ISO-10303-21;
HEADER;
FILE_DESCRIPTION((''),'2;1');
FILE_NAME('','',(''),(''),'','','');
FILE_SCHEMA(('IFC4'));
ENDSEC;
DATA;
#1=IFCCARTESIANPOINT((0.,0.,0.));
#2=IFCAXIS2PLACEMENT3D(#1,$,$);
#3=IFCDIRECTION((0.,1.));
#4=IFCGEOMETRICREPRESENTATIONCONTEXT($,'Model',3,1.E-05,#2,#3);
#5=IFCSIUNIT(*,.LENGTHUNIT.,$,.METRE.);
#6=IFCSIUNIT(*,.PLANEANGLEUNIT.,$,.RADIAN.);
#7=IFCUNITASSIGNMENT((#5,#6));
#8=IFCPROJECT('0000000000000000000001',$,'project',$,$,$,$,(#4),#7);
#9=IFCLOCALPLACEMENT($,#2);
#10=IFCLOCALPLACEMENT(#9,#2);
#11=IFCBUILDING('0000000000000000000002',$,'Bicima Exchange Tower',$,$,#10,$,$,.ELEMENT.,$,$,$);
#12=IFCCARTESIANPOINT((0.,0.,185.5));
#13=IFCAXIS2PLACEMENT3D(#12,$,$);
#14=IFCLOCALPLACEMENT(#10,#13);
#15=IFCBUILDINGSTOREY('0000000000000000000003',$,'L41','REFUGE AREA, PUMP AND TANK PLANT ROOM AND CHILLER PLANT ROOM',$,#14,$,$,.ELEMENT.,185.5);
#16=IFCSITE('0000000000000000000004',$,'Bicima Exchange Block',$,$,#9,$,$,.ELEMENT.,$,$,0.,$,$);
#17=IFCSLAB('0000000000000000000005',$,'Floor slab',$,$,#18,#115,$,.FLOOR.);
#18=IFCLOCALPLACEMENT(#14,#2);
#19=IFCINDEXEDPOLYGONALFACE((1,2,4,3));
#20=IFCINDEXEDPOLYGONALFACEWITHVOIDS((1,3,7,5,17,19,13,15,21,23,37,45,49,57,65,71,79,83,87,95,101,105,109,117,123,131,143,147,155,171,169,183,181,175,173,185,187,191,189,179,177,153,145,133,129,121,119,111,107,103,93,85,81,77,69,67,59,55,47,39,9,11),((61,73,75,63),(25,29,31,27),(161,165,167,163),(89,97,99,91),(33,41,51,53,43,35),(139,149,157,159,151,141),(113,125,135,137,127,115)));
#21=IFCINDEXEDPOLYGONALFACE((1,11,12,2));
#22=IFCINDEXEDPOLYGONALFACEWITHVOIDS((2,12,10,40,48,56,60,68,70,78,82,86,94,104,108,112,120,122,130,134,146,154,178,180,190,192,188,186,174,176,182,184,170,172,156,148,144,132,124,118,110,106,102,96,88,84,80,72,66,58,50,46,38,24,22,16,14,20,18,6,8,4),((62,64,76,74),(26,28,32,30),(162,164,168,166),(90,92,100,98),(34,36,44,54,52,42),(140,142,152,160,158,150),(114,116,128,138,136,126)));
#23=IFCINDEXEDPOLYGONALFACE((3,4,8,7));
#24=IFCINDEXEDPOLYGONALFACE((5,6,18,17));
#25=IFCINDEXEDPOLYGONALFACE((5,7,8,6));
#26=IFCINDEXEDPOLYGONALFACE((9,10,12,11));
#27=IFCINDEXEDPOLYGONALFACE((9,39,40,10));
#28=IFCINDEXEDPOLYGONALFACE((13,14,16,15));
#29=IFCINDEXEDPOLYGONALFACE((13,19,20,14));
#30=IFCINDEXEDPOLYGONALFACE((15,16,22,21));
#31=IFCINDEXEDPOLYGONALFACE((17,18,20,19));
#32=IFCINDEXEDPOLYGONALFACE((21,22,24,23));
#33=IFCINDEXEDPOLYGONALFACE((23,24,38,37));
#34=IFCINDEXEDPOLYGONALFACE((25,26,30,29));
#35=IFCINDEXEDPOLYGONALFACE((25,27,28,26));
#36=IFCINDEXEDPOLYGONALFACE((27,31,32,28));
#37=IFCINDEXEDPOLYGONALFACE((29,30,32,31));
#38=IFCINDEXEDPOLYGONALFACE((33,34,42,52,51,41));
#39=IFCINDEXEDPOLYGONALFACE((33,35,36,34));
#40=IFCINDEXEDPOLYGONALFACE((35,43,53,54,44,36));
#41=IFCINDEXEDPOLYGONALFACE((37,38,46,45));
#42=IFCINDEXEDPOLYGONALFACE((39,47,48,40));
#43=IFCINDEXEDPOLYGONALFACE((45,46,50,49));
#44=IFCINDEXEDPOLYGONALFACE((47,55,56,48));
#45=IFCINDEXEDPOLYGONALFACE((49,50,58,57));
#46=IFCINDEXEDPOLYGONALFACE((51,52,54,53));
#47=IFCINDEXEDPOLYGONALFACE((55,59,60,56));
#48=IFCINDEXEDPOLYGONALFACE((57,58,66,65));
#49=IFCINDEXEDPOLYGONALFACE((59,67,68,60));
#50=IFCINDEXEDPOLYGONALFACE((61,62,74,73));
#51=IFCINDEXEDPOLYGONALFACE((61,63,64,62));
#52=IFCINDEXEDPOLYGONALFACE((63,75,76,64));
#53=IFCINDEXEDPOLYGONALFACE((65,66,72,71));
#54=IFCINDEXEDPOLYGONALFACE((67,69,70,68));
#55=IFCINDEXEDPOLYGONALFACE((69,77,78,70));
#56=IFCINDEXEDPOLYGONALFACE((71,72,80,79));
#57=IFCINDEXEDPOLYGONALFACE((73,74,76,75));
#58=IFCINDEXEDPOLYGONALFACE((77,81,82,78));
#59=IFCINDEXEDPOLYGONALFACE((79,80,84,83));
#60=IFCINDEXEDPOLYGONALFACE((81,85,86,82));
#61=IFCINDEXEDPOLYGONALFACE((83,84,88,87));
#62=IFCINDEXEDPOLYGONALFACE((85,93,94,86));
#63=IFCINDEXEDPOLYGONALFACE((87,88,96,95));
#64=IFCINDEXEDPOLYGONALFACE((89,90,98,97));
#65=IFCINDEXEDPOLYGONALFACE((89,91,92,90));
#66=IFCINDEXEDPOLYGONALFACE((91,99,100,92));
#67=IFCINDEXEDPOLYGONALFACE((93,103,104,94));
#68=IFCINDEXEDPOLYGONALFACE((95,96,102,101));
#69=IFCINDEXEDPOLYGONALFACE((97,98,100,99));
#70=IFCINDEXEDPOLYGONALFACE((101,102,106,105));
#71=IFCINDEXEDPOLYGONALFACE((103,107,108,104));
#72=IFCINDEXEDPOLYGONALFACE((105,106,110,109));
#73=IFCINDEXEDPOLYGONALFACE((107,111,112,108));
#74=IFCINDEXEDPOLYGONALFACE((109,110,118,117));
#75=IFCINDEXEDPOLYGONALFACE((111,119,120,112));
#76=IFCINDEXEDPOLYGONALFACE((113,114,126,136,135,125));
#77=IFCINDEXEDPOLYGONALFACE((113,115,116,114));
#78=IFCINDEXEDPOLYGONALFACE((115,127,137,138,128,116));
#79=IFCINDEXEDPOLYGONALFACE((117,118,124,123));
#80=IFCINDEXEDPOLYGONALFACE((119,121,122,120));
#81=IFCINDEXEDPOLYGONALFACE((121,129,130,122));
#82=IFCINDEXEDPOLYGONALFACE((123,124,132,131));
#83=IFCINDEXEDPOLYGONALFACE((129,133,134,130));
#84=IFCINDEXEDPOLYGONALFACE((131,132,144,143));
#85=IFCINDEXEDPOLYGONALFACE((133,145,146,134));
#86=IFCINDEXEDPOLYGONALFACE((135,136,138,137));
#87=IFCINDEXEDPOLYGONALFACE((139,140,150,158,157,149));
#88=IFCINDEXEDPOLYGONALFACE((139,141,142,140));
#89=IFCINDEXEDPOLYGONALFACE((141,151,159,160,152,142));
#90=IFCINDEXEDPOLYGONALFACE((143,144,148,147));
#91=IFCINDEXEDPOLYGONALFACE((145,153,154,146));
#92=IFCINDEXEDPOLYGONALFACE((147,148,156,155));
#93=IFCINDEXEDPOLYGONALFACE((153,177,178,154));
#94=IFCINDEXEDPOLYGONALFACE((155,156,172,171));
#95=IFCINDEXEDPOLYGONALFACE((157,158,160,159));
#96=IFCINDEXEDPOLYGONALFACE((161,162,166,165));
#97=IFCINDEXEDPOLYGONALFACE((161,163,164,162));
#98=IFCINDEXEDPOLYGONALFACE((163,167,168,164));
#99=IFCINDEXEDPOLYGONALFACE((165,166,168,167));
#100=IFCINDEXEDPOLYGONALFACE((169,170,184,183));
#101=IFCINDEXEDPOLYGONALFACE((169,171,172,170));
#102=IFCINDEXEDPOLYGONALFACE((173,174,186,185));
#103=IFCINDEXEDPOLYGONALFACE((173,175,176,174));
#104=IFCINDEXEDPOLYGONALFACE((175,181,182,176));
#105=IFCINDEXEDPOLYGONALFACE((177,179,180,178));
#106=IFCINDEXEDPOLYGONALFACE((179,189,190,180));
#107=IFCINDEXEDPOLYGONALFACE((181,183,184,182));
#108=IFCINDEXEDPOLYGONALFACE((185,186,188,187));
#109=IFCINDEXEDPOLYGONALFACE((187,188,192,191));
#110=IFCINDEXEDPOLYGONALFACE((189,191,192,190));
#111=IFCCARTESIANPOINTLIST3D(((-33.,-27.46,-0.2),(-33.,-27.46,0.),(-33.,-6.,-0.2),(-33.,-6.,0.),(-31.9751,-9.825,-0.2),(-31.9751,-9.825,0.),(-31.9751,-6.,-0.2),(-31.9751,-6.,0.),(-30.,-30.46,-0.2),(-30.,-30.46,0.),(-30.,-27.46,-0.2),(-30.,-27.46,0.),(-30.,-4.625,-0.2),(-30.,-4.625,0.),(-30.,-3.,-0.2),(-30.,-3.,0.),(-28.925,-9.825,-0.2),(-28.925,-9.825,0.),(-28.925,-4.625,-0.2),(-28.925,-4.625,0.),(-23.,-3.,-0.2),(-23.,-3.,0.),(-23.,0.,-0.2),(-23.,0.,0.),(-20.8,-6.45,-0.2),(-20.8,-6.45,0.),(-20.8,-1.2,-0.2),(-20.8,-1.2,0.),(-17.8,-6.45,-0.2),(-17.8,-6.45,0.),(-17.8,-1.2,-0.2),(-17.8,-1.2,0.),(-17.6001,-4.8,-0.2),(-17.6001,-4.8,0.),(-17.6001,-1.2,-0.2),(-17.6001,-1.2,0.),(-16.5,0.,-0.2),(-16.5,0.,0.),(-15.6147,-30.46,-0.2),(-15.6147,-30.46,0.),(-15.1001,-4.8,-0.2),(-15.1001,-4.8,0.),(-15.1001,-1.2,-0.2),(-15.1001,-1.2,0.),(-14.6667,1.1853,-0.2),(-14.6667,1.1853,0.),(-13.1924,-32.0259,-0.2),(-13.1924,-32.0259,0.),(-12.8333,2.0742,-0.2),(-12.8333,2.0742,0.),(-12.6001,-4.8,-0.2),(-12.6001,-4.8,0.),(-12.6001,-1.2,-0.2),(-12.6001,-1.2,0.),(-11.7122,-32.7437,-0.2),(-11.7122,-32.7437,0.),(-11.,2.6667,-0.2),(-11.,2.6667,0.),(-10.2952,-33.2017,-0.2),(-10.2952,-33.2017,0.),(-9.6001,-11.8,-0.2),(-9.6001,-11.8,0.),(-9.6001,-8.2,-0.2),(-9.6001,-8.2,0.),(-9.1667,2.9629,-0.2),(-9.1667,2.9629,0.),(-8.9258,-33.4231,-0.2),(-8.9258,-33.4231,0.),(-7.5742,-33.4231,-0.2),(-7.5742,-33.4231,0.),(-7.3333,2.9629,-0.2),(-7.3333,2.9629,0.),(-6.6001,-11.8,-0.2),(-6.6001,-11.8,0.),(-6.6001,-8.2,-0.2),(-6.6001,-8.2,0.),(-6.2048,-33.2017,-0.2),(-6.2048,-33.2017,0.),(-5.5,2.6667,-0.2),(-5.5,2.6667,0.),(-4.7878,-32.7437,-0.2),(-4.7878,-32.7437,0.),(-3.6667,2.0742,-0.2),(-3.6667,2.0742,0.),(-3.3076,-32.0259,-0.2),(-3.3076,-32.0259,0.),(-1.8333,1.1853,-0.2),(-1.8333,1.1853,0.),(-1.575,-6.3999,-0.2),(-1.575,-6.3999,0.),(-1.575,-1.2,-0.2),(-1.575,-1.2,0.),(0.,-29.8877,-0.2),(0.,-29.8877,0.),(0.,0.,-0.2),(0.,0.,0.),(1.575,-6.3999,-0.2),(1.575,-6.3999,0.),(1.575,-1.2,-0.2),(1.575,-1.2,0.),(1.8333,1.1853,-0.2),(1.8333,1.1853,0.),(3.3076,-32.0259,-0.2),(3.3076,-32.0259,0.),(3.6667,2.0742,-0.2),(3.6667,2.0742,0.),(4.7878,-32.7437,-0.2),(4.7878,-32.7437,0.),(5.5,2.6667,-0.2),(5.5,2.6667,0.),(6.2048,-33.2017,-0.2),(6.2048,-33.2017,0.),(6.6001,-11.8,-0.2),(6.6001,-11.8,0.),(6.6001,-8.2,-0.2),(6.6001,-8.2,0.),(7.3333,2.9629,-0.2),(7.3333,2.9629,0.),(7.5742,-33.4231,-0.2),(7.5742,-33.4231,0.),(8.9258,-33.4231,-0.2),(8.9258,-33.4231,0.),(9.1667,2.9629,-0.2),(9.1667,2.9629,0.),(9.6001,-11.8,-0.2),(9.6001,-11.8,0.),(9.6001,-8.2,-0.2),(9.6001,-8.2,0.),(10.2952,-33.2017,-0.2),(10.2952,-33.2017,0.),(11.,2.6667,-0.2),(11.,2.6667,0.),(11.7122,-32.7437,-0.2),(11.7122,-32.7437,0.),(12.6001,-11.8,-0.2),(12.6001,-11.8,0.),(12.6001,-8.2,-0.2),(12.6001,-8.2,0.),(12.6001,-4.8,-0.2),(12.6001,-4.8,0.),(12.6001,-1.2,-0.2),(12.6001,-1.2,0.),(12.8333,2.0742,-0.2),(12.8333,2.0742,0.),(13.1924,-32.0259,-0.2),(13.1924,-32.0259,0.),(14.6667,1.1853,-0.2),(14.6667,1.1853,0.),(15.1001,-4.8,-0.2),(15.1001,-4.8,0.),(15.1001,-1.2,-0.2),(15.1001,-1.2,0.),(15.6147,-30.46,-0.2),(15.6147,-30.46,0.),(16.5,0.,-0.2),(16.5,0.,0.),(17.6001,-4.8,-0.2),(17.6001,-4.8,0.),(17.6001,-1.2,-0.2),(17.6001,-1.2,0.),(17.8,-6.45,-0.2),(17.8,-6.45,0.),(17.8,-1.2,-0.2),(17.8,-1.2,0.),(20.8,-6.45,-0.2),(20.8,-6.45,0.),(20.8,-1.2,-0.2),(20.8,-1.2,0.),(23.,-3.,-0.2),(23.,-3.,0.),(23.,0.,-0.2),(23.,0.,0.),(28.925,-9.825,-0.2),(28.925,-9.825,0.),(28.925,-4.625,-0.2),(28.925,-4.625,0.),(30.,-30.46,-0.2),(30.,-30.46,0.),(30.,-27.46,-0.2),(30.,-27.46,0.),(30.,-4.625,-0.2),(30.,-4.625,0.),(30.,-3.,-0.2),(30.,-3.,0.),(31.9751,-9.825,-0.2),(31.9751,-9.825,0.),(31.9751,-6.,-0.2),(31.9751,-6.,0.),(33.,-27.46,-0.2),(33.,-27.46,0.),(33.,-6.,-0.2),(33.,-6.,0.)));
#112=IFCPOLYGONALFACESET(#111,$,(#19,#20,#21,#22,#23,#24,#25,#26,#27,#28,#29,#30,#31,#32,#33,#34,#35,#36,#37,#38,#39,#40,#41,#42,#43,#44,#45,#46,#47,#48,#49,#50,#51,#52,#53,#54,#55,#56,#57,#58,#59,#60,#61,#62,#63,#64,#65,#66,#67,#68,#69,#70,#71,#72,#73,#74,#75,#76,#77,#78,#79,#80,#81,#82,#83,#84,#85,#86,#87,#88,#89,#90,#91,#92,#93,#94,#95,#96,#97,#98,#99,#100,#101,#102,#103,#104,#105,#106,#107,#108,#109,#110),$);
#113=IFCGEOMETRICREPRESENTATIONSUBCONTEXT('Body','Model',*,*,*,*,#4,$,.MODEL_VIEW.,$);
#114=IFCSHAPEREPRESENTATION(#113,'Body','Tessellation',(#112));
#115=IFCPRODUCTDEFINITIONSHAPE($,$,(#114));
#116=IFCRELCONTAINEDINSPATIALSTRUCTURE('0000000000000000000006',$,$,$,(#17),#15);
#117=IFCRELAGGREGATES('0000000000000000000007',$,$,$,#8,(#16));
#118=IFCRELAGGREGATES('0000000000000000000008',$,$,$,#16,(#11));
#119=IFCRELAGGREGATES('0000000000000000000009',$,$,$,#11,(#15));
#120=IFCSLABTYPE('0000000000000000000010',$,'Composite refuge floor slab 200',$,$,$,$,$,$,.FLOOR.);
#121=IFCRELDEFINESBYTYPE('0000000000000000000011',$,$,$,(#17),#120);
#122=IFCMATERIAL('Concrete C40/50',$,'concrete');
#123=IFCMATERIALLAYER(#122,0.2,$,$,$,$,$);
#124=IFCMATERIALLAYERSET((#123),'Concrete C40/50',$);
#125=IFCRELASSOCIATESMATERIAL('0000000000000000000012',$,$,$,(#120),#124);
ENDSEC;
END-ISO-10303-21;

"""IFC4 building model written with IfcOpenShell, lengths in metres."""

from ifc_helpers import new_model, si_unit, direction, frame, origin, place, context, subcontext, project, spatial, polyline, outline, extrude, material, layer, layer_set, type_object, element, save


model = new_model("IFC4")

# Units and contexts
model_context = context("Model", 3, precision=1e-05, world=origin(), true_north=direction((0.0, 1.0)))
body_context = subcontext(model_context, "Body", "Model", "MODEL_VIEW")
ifc_project = project(units=[si_unit("LENGTHUNIT", "METRE"), si_unit("PLANEANGLEUNIT", "RADIAN")], contexts=[model_context])

# Site, building, storey
site_placement = place(None, origin())
site = spatial("IfcSite", under=ifc_project, at=site_placement, Name="Bicima Exchange Block", CompositionType="ELEMENT", RefElevation=0.0)
building_placement = place(site_placement, origin())
building = spatial("IfcBuilding", under=site, at=building_placement, Name="Bicima Exchange Tower", CompositionType="ELEMENT")
storey_placement = place(building_placement, frame((0.0, 0.0, 185.5)))
storey = spatial("IfcBuildingStorey", under=building, at=storey_placement, Name="L41", Description="REFUGE AREA, PUMP AND TANK PLANT ROOM AND CHILLER PLANT ROOM", CompositionType="ELEMENT", Elevation=185.5)

# Slab
ifc_material_1 = material(Name="Concrete C40/50", Category="concrete")
ifc_layer_1 = layer(ifc_material_1, 0.2)
ifc_layer_set_1 = layer_set([ifc_layer_1], Name="Concrete C40/50")
slab_type = type_object("IfcSlabType", Name="Composite refuge floor slab 200", PredefinedType="FLOOR", material=ifc_layer_set_1)
slab_1_placement = place(storey_placement, frame((0.0, 0.0, -0.2)))
element("IfcSlab", 1, at=slab_1_placement, inside=storey, type_object=slab_type, Name="Floor slab", PredefinedType="FLOOR", context=body_context, shape_type="SweptSolid", body=[
    extrude(outline(polyline([(33.0, -6.0), (33.0, -27.46), (30.0, -27.46), (30.0, -30.46), (15.6147, -30.46), (13.1924, -32.0259), (11.7122, -32.7437), (10.2952, -33.2017), (8.9258, -33.4231), (7.5742, -33.4231), (6.2048, -33.2017), (4.7878, -32.7437), (3.3076, -32.0259), (0.0, -29.8877), (-3.3076, -32.0259), (-4.7878, -32.7437), (-6.2048, -33.2017), (-7.5742, -33.4231), (-8.9258, -33.4231), (-10.2952, -33.2017), (-11.7122, -32.7437), (-13.1924, -32.0259), (-15.6147, -30.46), (-30.0, -30.46), (-30.0, -27.46), (-33.0, -27.46), (-33.0, -6.0), (-31.9751, -6.0), (-31.9751, -9.825), (-28.925, -9.825), (-28.925, -4.625), (-30.0, -4.625), (-30.0, -3.0), (-23.0, -3.0), (-23.0, 0.0), (-16.5, 0.0), (-14.6667, 1.1853), (-12.8333, 2.0742), (-11.0, 2.6667), (-9.1667, 2.9629), (-7.3333, 2.9629), (-5.5, 2.6667), (-3.6667, 2.0742), (-1.8333, 1.1853), (0.0, 0.0), (1.8333, 1.1853), (3.6667, 2.0742), (5.5, 2.6667), (7.3333, 2.9629), (9.1667, 2.9629), (11.0, 2.6667), (12.8333, 2.0742), (14.6667, 1.1853), (16.5, 0.0), (23.0, 0.0), (23.0, -3.0), (30.0, -3.0), (30.0, -4.625), (28.925, -4.625), (28.925, -9.825), (31.9751, -9.825), (31.9751, -6.0), (33.0, -6.0)]), holes=[polyline([(-6.6001, -11.8), (-6.6001, -8.2), (-9.6001, -8.2), (-9.6001, -11.8), (-6.6001, -11.8)]), polyline([(-20.8, -6.45), (-17.8, -6.45), (-17.8, -1.2), (-20.8, -1.2), (-20.8, -6.45)]), polyline([(1.575, -6.3999), (1.575, -1.2), (-1.575, -1.2), (-1.575, -6.3999), (1.575, -6.3999)]), polyline([(-12.6001, -4.8), (-12.6001, -1.2), (-15.1001, -1.2), (-17.6001, -1.2), (-17.6001, -4.8), (-15.1001, -4.8), (-12.6001, -4.8)]), polyline([(12.6001, -8.2), (9.6001, -8.2), (6.6001, -8.2), (6.6001, -11.8), (9.6001, -11.8), (12.6001, -11.8), (12.6001, -8.2)]), polyline([(20.8, -6.45), (20.8, -1.2), (17.8, -1.2), (17.8, -6.45), (20.8, -6.45)]), polyline([(17.6001, -4.8), (17.6001, -1.2), (15.1001, -1.2), (12.6001, -1.2), (12.6001, -4.8), (15.1001, -4.8), (17.6001, -4.8)])]), origin(), (0.0, 0.0, 1.0), 0.2),
])

save(model, "model.ifc")
